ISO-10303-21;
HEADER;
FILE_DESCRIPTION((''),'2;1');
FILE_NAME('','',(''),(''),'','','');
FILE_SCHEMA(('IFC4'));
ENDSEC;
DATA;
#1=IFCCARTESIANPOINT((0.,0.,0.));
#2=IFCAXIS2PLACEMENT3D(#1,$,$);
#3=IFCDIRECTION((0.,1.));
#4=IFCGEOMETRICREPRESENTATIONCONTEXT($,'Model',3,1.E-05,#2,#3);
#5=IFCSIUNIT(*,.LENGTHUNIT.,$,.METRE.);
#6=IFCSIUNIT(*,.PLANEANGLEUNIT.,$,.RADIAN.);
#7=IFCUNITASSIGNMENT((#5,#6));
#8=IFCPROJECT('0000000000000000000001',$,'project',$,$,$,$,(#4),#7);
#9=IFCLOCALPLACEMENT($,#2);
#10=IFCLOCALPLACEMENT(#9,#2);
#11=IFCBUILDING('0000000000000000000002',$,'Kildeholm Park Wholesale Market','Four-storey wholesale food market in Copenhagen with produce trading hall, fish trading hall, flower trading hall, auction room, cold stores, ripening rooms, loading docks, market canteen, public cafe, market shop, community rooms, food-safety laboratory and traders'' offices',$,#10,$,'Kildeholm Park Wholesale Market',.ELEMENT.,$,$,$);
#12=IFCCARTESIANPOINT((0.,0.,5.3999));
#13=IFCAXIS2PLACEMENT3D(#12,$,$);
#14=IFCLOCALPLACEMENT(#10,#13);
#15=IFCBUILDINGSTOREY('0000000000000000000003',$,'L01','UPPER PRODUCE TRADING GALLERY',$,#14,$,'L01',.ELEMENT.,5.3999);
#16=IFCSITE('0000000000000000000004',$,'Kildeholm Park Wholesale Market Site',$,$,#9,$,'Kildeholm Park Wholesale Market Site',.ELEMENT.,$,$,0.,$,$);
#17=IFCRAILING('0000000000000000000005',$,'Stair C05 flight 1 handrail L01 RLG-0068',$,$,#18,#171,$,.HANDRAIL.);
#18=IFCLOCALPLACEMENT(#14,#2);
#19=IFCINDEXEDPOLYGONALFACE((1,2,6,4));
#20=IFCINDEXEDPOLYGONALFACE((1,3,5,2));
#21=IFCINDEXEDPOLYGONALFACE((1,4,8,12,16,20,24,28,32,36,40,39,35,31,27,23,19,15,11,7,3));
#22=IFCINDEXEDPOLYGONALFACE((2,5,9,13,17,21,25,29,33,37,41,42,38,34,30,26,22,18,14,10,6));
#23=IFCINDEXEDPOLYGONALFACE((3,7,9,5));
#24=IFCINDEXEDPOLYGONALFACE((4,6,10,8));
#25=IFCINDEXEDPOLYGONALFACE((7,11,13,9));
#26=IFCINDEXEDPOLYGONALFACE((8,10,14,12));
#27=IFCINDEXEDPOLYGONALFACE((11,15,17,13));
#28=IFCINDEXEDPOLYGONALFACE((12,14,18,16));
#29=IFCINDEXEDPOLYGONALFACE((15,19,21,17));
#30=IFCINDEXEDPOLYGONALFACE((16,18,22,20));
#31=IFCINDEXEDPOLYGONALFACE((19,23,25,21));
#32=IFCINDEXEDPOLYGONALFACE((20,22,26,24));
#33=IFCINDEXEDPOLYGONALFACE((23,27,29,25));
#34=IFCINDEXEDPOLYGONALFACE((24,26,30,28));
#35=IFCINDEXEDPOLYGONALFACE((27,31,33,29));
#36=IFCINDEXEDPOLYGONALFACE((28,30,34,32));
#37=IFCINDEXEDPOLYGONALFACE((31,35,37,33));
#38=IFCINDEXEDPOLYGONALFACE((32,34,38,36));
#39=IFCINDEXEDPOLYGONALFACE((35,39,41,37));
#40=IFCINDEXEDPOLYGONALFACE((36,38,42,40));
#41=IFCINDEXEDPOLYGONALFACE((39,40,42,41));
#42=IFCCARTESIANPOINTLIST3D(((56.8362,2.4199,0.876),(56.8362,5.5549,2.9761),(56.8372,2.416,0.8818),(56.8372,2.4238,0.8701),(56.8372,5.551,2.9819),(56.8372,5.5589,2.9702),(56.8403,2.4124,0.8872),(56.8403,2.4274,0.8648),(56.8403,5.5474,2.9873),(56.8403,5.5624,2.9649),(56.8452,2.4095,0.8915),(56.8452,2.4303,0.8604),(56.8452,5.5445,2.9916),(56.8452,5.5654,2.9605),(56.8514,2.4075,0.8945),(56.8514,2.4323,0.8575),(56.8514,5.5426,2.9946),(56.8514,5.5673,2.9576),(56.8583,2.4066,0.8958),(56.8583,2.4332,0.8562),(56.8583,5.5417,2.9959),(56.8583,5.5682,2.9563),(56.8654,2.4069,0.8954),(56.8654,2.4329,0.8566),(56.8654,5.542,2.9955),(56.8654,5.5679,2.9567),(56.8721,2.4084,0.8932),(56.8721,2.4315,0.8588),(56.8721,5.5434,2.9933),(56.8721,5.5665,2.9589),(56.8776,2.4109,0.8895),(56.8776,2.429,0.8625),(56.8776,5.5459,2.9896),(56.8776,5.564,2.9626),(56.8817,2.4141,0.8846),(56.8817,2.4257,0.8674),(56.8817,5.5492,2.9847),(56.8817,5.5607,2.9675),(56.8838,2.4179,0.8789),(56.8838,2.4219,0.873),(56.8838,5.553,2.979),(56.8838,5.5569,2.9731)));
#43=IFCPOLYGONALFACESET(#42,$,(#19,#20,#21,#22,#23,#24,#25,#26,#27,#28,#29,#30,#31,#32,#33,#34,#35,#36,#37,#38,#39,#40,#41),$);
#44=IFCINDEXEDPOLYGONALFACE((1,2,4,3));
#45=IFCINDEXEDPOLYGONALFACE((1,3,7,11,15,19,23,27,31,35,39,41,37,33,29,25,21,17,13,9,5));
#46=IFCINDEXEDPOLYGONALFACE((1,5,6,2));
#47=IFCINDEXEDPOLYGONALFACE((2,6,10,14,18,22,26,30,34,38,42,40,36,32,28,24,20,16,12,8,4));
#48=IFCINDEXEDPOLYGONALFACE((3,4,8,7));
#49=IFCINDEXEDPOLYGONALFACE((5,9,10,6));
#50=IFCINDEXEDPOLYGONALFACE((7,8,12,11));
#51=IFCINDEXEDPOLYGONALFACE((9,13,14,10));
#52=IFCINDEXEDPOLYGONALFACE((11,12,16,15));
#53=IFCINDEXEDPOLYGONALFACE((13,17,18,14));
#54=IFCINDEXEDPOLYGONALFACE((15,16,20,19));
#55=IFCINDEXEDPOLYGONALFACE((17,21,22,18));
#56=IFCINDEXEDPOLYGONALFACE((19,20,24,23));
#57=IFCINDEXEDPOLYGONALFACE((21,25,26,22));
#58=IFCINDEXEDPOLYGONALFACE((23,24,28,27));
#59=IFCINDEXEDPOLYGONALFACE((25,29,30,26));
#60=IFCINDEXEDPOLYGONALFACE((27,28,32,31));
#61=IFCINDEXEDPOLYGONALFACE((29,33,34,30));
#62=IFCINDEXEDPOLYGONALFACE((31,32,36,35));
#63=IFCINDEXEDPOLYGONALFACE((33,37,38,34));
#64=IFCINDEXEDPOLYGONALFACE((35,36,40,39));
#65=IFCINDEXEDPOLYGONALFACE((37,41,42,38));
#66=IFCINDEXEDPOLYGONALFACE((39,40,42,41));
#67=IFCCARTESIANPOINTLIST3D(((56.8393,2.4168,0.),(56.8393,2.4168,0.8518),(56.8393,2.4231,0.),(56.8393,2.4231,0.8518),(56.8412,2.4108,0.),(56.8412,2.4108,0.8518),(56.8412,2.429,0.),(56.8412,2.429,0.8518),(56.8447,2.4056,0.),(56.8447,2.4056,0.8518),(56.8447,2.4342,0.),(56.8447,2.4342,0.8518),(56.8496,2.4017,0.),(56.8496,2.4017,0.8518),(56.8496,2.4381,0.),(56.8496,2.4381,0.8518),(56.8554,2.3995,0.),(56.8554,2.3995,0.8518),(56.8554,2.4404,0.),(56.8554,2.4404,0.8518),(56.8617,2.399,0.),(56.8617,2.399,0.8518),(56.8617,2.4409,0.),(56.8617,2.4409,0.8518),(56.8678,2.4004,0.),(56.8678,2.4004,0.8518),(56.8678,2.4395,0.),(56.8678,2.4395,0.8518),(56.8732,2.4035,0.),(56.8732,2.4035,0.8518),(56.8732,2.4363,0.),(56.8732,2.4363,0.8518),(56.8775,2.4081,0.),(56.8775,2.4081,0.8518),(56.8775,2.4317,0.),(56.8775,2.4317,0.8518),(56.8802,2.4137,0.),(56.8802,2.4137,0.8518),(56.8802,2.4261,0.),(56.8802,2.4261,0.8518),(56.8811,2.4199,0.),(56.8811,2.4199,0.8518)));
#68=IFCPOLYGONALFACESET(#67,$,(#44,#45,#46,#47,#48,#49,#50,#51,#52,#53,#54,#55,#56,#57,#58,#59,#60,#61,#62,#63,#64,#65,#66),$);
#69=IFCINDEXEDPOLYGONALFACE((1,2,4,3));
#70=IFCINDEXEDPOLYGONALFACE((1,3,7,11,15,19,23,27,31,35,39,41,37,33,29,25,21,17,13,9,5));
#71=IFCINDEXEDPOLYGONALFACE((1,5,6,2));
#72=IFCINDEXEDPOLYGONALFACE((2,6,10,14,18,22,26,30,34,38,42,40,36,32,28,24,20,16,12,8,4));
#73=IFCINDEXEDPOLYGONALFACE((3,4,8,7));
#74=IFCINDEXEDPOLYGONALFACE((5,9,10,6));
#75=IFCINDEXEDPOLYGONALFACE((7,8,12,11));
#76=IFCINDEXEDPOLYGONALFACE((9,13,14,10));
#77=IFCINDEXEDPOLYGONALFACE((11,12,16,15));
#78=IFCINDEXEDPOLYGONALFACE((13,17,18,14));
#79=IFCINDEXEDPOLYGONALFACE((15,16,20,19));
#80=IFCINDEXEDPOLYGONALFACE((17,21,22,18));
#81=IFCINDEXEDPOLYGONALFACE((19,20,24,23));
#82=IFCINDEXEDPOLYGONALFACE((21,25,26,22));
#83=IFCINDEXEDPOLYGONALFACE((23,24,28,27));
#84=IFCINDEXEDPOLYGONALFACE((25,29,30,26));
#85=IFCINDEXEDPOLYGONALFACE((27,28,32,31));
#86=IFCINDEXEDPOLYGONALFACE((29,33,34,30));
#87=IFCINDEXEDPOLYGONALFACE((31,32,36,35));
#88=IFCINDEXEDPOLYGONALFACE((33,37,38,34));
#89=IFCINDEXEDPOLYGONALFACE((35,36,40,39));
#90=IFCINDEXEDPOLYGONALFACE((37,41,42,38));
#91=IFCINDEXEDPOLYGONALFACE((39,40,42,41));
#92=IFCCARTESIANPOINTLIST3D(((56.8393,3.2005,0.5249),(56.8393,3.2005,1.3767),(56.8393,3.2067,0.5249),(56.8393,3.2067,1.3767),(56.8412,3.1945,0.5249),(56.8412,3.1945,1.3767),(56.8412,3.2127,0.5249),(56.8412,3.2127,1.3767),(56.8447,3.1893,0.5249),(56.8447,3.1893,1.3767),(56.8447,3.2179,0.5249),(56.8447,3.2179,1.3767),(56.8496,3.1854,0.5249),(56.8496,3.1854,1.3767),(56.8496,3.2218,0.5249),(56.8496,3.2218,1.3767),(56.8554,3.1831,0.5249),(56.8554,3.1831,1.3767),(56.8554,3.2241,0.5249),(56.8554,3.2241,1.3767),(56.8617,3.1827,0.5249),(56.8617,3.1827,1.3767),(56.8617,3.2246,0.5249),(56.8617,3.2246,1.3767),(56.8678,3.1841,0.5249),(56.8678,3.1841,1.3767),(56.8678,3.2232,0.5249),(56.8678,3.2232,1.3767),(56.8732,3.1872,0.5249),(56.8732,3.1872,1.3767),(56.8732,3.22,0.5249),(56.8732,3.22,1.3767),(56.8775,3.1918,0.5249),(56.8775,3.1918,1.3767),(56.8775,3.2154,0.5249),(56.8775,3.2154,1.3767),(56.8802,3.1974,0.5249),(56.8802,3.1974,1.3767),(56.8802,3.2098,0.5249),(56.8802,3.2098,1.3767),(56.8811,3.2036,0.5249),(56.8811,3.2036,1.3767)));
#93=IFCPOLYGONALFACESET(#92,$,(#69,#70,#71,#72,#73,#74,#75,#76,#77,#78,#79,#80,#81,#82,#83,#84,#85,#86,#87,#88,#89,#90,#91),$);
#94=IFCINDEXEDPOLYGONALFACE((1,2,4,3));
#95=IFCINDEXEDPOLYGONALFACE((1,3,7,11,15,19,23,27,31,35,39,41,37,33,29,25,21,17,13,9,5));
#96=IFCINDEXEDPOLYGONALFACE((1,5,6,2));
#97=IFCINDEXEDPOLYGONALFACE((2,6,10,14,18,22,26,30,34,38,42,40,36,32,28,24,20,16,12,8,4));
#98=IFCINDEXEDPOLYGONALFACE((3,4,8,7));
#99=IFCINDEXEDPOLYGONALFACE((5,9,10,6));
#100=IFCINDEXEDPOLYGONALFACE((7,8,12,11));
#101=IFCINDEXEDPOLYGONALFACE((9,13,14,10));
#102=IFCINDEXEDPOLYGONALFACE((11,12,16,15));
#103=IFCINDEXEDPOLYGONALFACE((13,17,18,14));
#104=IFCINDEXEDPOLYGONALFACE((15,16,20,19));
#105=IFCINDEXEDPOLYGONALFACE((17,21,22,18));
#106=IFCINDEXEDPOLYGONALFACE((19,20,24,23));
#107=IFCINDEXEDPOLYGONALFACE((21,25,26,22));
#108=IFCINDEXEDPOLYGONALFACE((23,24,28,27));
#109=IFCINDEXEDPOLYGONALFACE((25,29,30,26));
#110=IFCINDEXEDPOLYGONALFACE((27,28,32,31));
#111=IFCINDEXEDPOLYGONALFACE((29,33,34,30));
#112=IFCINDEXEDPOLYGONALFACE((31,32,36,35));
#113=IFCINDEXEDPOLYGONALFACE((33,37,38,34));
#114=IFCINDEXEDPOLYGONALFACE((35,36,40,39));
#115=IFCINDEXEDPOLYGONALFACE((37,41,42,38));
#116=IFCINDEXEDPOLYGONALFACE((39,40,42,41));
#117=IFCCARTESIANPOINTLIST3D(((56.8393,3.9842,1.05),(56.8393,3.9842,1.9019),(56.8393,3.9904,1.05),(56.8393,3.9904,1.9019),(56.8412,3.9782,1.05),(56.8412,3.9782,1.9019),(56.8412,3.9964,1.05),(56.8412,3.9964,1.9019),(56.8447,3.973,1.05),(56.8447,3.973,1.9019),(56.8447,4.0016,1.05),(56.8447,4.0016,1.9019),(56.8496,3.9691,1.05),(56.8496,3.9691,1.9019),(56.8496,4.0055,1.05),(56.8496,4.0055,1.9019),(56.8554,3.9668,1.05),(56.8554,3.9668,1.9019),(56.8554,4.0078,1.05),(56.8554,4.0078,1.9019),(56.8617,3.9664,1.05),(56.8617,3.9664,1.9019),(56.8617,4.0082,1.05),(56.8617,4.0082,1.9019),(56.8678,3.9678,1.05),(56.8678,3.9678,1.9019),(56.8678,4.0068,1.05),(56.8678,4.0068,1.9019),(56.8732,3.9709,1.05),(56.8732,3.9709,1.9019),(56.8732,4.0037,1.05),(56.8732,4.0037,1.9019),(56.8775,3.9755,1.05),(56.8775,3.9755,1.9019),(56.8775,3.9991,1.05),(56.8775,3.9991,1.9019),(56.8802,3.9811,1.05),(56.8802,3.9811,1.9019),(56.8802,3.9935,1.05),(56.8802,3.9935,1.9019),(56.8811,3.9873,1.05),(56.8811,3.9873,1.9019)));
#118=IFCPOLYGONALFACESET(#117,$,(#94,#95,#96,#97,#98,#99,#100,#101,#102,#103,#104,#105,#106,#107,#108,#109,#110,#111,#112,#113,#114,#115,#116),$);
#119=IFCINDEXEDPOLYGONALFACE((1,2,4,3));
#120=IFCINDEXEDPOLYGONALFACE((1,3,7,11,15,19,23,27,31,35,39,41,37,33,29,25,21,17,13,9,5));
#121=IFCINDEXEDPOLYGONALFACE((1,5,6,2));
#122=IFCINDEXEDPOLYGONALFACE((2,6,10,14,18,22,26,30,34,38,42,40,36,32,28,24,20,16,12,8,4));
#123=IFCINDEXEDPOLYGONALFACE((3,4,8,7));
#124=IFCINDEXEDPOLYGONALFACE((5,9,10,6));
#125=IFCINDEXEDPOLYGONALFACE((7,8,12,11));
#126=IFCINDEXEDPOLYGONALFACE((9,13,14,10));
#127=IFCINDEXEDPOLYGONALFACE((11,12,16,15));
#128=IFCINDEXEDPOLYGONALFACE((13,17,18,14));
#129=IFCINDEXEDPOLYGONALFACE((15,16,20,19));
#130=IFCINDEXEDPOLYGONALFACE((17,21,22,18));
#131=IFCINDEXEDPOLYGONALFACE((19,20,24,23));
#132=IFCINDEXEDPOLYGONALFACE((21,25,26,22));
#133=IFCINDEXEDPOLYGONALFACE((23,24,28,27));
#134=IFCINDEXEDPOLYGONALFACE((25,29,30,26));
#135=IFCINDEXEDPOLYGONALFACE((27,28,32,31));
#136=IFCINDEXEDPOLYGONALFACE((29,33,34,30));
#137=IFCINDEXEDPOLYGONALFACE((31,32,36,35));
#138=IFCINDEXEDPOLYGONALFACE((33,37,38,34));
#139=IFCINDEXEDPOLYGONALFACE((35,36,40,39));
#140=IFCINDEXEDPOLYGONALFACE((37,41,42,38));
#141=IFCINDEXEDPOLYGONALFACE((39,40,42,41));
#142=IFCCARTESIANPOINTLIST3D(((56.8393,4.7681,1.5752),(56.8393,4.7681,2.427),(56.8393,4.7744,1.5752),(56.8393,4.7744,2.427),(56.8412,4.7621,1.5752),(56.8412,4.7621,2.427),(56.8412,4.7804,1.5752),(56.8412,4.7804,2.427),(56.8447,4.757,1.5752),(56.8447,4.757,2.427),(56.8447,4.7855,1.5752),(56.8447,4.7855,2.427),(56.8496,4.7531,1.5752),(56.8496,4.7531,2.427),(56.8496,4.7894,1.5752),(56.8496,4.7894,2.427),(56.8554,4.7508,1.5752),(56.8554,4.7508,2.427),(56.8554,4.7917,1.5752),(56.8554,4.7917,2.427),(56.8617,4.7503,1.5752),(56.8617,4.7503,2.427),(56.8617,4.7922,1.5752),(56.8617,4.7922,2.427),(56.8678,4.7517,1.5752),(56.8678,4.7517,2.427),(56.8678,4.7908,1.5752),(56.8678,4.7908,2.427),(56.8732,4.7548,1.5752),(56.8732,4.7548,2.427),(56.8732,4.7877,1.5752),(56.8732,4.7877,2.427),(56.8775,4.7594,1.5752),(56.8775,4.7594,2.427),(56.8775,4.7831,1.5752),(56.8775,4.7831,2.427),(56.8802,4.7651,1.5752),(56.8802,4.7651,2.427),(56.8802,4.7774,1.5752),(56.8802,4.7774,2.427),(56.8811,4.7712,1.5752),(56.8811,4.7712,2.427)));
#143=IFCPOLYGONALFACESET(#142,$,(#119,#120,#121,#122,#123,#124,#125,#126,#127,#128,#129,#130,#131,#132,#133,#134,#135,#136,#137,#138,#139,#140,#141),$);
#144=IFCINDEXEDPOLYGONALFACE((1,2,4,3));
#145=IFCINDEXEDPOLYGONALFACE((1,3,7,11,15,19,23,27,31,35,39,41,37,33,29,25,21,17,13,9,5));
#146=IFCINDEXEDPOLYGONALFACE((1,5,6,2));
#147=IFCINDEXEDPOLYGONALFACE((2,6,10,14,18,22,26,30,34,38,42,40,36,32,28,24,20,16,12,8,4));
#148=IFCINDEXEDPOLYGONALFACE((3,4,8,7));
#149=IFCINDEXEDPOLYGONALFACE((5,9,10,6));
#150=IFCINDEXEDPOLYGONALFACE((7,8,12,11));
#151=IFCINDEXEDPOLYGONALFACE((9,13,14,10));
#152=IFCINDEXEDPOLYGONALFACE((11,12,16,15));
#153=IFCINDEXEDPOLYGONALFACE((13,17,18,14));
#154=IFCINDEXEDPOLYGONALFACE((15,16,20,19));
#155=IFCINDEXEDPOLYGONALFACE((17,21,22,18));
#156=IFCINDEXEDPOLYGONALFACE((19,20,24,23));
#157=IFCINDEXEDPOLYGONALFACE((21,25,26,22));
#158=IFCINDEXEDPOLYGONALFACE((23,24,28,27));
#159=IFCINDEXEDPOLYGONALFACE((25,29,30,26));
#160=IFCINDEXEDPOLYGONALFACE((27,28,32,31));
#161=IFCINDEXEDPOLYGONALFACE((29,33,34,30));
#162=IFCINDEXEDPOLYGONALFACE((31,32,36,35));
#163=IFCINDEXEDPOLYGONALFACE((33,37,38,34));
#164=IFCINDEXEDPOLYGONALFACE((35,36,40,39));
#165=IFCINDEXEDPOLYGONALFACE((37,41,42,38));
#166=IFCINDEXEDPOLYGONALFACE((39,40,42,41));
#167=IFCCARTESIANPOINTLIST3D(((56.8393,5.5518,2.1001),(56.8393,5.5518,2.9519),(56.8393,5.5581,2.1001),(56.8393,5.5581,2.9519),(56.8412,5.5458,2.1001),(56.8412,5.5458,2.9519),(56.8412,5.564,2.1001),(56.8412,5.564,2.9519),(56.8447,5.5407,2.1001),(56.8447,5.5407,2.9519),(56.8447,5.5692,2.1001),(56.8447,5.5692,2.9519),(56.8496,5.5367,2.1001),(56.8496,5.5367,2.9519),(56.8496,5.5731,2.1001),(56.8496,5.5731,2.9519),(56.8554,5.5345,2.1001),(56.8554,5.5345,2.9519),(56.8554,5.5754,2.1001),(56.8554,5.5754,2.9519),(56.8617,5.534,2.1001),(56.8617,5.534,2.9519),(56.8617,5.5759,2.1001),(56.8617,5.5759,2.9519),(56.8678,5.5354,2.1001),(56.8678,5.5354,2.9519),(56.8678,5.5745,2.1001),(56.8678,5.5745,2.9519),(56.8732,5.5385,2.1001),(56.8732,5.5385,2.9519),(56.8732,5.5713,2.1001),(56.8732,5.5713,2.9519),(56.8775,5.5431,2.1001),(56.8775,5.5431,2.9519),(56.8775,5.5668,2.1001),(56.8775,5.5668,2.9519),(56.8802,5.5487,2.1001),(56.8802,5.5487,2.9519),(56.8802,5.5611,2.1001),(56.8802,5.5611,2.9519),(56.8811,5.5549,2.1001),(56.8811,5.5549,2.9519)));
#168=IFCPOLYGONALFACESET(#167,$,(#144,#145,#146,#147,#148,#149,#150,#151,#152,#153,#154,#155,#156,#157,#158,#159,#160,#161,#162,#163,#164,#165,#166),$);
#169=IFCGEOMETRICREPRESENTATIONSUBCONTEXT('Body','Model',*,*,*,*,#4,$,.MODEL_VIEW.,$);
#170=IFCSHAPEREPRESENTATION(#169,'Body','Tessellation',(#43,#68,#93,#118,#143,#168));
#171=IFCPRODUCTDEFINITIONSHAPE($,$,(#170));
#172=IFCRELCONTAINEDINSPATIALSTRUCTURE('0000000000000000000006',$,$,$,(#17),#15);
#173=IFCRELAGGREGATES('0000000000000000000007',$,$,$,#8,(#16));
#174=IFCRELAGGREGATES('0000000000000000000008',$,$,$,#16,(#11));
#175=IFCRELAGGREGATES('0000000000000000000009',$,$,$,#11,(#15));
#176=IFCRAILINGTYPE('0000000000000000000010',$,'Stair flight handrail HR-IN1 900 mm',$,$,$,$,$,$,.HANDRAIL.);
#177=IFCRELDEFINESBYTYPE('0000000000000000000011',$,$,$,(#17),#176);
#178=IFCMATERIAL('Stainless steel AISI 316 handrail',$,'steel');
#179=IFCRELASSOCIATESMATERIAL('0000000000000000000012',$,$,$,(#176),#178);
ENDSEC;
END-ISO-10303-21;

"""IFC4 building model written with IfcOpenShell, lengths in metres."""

from ifc_helpers import new_model, si_unit, direction, frame, origin, origin_2d, place, context, subcontext, project, spatial, circle, extrude, material, type_object, element, save


model = new_model("IFC4")

# Units and contexts
model_context = context("Model", 3, precision=1e-05, world=origin(), true_north=direction((0.0, 1.0)))
body_context = subcontext(model_context, "Body", "Model", "MODEL_VIEW")
ifc_project = project(units=[si_unit("LENGTHUNIT", "METRE"), si_unit("PLANEANGLEUNIT", "RADIAN")], contexts=[model_context])

# Site, building, storey
site_placement = place(None, origin())
site = spatial("IfcSite", under=ifc_project, at=site_placement, Name="Kildeholm Park Wholesale Market Site", LongName="Kildeholm Park Wholesale Market Site", CompositionType="ELEMENT", RefElevation=0.0)
building_placement = place(site_placement, origin())
building = spatial("IfcBuilding", under=site, at=building_placement, Name="Kildeholm Park Wholesale Market", Description="Four-storey wholesale food market in Copenhagen with produce trading hall, fish trading hall, flower trading hall, auction room, cold stores, ripening rooms, loading docks, market canteen, public cafe, market shop, community rooms, food-safety laboratory and traders' offices", LongName="Kildeholm Park Wholesale Market", CompositionType="ELEMENT")
storey_placement = place(building_placement, frame((0.0, 0.0, 5.3999)))
storey = spatial("IfcBuildingStorey", under=building, at=storey_placement, Name="L01", Description="UPPER PRODUCE TRADING GALLERY", LongName="L01", CompositionType="ELEMENT", Elevation=5.3999)

# Railing
ifc_material_1 = material(Name="Stainless steel AISI 316 handrail", Category="steel")
railing_type_1 = type_object("IfcRailingType", Name="Stair flight handrail HR-IN1 900 mm", PredefinedType="HANDRAIL", material=ifc_material_1)
railing_1_placement = place(storey_placement, frame((56.8601, 2.4199, 0.0)))
element("IfcRailing", 1, at=railing_1_placement, inside=storey, type_object=railing_type_1, Name="Stair C05 flight 1 handrail L01 RLG-0068", PredefinedType="HANDRAIL", context=body_context, shape_type="SweptSolid", body=[
    extrude(circle(Radius=0.0239, at=origin_2d()), frame((0.0, 0.0, 0.876), z_axis=(0.0, 0.830814, 0.55655), x_axis=(-1.0, 0.0, 0.0)), (0.0, 0.0, 1.0), 3.7734),
    extrude(circle(Radius=0.021, at=origin_2d()), origin(), (0.0, 0.0, 1.0), 0.8518),
    extrude(circle(Radius=0.021, at=origin_2d()), frame((0.0, 0.7837, 0.5249)), (0.0, 0.0, 1.0), 0.8518),
    extrude(circle(Radius=0.021, at=origin_2d()), frame((0.0, 1.5674, 1.05)), (0.0, 0.0, 1.0), 0.8518),
    extrude(circle(Radius=0.021, at=origin_2d()), frame((0.0, 2.3513, 1.5752)), (0.0, 0.0, 1.0), 0.8518),
    extrude(circle(Radius=0.021, at=origin_2d()), frame((0.0, 3.135, 2.1001)), (0.0, 0.0, 1.0), 0.8518),
])

save(model, "model.ifc")
